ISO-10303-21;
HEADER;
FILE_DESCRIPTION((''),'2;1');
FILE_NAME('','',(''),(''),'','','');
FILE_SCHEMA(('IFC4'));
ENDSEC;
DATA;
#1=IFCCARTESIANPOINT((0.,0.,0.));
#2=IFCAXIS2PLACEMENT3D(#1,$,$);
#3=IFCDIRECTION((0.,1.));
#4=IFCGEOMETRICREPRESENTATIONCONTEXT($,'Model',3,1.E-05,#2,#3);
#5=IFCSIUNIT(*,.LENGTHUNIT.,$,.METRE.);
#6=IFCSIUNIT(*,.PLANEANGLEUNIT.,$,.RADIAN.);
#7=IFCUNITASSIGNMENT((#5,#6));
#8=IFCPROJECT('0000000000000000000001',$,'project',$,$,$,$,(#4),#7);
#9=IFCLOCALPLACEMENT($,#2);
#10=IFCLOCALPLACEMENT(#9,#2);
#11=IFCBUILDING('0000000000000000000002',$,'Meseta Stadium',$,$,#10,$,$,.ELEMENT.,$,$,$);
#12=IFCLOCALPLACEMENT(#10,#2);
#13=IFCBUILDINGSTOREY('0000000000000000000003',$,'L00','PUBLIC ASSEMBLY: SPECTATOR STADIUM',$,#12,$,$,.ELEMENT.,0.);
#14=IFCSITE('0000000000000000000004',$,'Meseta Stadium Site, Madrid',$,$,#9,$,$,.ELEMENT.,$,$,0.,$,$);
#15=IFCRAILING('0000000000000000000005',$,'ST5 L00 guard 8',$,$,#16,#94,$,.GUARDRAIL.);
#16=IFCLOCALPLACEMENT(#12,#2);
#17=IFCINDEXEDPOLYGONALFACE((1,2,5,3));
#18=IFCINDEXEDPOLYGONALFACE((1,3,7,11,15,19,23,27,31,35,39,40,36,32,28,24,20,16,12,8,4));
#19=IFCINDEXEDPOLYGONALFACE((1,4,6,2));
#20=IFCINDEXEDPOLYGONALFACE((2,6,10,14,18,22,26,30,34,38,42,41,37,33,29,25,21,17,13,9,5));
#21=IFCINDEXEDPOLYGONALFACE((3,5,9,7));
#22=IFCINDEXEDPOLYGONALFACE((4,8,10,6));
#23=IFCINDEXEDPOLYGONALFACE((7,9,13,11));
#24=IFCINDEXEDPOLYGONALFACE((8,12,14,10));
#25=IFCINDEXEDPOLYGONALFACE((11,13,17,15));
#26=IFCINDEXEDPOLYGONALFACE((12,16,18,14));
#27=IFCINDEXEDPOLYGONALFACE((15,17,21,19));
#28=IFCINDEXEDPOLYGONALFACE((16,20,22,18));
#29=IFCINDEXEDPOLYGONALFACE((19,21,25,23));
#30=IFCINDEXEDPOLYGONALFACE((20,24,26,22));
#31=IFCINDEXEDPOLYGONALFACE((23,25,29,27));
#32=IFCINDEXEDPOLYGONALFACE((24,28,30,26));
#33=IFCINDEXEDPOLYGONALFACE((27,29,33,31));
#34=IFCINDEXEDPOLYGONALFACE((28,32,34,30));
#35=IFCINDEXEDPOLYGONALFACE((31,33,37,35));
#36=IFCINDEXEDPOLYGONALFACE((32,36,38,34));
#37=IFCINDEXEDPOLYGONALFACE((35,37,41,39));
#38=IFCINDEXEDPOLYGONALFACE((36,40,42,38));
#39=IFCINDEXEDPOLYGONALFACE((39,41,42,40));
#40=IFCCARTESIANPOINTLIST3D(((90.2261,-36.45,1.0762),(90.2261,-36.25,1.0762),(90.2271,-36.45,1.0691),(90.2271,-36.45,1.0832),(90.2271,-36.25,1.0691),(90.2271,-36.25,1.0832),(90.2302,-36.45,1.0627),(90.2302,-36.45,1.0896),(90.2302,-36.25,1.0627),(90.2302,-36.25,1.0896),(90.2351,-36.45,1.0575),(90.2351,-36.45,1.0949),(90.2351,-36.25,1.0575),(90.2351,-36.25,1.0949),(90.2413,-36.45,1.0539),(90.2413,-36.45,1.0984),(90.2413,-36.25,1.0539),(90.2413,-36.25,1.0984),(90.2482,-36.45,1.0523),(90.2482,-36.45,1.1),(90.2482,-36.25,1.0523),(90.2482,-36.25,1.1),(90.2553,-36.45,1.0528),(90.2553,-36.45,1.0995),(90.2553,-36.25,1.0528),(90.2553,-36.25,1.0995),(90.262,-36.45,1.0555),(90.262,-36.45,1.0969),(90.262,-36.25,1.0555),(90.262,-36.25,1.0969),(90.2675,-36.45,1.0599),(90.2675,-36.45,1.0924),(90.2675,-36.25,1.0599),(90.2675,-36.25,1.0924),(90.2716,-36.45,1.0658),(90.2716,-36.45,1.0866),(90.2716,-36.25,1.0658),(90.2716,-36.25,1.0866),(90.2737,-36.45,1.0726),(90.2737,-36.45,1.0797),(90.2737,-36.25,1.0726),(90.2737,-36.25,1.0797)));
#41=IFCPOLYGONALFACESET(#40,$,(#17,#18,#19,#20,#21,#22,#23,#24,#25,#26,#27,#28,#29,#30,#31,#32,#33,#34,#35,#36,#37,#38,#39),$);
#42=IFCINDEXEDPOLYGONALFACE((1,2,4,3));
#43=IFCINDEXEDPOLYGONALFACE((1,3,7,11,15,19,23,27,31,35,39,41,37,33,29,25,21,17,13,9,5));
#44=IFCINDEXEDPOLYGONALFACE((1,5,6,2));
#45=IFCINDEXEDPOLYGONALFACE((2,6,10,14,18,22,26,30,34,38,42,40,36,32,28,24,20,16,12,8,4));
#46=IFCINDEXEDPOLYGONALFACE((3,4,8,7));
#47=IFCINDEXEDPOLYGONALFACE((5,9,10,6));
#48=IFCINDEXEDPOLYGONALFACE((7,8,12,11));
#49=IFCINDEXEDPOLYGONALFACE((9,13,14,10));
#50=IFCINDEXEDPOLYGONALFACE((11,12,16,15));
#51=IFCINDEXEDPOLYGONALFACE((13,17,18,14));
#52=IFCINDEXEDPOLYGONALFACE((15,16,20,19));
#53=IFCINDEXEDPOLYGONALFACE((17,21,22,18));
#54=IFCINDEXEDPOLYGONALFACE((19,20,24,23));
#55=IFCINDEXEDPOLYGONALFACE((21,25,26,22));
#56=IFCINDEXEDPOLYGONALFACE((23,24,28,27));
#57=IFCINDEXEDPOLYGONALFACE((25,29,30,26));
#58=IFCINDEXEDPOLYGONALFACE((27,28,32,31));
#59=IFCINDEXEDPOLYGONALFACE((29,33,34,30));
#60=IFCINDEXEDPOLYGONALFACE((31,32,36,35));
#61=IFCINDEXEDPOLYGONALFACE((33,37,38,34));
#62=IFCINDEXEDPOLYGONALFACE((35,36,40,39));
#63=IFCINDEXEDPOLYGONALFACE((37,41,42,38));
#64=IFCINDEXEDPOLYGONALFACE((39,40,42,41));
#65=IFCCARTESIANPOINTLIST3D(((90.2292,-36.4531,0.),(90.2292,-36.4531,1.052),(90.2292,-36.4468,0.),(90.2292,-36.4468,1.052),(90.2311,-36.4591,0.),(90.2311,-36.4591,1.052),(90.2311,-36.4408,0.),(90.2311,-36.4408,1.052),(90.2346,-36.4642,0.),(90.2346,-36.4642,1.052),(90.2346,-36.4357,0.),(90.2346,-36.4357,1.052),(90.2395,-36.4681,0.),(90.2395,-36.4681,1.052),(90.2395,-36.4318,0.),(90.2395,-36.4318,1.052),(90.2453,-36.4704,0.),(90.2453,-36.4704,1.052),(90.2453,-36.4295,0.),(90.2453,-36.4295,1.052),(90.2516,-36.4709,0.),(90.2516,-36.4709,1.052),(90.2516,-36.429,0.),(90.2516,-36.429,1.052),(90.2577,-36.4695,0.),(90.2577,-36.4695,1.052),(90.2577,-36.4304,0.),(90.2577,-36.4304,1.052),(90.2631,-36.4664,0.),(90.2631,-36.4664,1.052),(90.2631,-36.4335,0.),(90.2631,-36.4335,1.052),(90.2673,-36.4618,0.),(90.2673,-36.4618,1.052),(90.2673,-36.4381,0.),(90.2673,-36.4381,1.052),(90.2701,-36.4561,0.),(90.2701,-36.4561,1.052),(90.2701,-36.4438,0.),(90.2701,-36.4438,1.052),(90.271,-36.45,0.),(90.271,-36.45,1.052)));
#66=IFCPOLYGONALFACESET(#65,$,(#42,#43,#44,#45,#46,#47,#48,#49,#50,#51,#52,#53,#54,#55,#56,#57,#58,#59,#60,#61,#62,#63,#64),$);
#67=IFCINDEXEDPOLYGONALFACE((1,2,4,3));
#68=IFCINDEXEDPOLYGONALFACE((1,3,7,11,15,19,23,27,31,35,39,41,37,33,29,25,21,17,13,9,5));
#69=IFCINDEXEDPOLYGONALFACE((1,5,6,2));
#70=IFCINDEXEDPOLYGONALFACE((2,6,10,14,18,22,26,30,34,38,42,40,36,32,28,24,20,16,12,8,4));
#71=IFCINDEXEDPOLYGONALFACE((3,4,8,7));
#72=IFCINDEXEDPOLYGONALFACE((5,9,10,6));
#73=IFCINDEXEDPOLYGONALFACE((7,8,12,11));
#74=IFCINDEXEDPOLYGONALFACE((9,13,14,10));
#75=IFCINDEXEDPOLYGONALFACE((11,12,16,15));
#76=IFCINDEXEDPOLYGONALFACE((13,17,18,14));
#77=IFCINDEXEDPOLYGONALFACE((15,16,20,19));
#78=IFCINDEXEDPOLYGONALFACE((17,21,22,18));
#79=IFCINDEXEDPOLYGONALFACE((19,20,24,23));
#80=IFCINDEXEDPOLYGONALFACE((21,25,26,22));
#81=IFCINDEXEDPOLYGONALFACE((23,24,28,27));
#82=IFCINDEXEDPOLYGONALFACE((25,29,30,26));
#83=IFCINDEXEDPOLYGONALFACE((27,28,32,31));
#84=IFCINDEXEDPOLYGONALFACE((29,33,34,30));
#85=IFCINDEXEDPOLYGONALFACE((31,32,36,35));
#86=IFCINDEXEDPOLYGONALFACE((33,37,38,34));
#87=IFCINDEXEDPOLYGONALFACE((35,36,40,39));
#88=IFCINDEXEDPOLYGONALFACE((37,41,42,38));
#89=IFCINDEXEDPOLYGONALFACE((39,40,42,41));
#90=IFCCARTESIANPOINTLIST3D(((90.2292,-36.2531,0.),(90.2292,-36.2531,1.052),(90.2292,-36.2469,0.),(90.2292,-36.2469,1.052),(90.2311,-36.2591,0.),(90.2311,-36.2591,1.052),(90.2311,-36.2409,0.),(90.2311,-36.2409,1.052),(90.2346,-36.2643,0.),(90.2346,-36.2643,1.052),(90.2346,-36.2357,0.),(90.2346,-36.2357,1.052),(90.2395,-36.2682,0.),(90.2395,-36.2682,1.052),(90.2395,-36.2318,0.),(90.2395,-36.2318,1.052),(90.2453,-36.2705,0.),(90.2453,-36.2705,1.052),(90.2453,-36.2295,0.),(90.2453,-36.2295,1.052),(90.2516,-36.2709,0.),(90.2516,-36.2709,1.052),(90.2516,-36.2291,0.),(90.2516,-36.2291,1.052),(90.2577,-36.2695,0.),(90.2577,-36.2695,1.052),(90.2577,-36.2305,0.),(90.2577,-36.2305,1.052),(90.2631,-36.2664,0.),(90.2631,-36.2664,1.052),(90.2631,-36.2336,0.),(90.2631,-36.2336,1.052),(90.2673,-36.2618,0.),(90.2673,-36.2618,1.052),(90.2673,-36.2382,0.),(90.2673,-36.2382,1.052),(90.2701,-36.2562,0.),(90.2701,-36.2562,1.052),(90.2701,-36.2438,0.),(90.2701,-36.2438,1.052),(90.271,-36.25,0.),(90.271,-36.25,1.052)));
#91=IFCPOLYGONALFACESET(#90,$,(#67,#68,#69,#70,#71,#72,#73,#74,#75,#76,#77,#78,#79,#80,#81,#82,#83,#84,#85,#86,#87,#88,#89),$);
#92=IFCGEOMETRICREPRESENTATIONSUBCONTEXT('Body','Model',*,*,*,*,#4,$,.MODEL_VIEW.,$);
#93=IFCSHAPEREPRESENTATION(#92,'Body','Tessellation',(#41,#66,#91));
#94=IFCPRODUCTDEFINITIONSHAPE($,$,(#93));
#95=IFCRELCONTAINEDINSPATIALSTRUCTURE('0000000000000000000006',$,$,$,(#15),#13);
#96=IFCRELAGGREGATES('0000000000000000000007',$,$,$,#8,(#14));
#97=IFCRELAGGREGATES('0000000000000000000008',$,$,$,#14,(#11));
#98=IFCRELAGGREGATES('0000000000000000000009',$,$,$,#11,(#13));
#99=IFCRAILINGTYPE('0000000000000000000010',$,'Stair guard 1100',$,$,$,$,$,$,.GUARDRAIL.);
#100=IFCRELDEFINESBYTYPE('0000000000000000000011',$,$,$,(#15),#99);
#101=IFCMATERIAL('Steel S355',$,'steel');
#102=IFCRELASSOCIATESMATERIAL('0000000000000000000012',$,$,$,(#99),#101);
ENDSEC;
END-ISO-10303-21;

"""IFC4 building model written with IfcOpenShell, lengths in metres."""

from ifc_helpers import new_model, si_unit, direction, frame, origin, origin_2d, place, context, subcontext, project, spatial, circle, extrude, material, type_object, element, save


model = new_model("IFC4")

# Units and contexts
model_context = context("Model", 3, precision=1e-05, world=origin(), true_north=direction((0.0, 1.0)))
body_context = subcontext(model_context, "Body", "Model", "MODEL_VIEW")
ifc_project = project(units=[si_unit("LENGTHUNIT", "METRE"), si_unit("PLANEANGLEUNIT", "RADIAN")], contexts=[model_context])

# Site, building, storey
site_placement = place(None, origin())
site = spatial("IfcSite", under=ifc_project, at=site_placement, Name="Meseta Stadium Site, Madrid", CompositionType="ELEMENT", RefElevation=0.0)
building_placement = place(site_placement, origin())
building = spatial("IfcBuilding", under=site, at=building_placement, Name="Meseta Stadium", CompositionType="ELEMENT")
storey_placement = place(building_placement, origin())
storey = spatial("IfcBuildingStorey", under=building, at=storey_placement, Name="L00", Description="PUBLIC ASSEMBLY: SPECTATOR STADIUM", CompositionType="ELEMENT", Elevation=0.0)

# Railing
ifc_material_1 = material(Name="Steel S355", Category="steel")
railing_type_1 = type_object("IfcRailingType", Name="Stair guard 1100", PredefinedType="GUARDRAIL", material=ifc_material_1)
railing_1_placement = place(storey_placement, frame((90.25, -36.45, 0.0)))
element("IfcRailing", 1, at=railing_1_placement, inside=storey, type_object=railing_type_1, Name="ST5 L00 guard 8", PredefinedType="GUARDRAIL", context=body_context, shape_type="SweptSolid", body=[
    extrude(circle(Radius=0.0239, at=origin_2d()), frame((0.0, 0.0, 1.0762), z_axis=(0.0, 1.0, 0.0), x_axis=(-1.0, 0.0, 0.0)), (0.0, 0.0, 1.0), 0.2),
    extrude(circle(Radius=0.021, at=origin_2d()), origin(), (0.0, 0.0, 1.0), 1.052),
    extrude(circle(Radius=0.021, at=origin_2d()), frame((0.0, 0.2, 0.0)), (0.0, 0.0, 1.0), 1.052),
])

save(model, "model.ifc")
